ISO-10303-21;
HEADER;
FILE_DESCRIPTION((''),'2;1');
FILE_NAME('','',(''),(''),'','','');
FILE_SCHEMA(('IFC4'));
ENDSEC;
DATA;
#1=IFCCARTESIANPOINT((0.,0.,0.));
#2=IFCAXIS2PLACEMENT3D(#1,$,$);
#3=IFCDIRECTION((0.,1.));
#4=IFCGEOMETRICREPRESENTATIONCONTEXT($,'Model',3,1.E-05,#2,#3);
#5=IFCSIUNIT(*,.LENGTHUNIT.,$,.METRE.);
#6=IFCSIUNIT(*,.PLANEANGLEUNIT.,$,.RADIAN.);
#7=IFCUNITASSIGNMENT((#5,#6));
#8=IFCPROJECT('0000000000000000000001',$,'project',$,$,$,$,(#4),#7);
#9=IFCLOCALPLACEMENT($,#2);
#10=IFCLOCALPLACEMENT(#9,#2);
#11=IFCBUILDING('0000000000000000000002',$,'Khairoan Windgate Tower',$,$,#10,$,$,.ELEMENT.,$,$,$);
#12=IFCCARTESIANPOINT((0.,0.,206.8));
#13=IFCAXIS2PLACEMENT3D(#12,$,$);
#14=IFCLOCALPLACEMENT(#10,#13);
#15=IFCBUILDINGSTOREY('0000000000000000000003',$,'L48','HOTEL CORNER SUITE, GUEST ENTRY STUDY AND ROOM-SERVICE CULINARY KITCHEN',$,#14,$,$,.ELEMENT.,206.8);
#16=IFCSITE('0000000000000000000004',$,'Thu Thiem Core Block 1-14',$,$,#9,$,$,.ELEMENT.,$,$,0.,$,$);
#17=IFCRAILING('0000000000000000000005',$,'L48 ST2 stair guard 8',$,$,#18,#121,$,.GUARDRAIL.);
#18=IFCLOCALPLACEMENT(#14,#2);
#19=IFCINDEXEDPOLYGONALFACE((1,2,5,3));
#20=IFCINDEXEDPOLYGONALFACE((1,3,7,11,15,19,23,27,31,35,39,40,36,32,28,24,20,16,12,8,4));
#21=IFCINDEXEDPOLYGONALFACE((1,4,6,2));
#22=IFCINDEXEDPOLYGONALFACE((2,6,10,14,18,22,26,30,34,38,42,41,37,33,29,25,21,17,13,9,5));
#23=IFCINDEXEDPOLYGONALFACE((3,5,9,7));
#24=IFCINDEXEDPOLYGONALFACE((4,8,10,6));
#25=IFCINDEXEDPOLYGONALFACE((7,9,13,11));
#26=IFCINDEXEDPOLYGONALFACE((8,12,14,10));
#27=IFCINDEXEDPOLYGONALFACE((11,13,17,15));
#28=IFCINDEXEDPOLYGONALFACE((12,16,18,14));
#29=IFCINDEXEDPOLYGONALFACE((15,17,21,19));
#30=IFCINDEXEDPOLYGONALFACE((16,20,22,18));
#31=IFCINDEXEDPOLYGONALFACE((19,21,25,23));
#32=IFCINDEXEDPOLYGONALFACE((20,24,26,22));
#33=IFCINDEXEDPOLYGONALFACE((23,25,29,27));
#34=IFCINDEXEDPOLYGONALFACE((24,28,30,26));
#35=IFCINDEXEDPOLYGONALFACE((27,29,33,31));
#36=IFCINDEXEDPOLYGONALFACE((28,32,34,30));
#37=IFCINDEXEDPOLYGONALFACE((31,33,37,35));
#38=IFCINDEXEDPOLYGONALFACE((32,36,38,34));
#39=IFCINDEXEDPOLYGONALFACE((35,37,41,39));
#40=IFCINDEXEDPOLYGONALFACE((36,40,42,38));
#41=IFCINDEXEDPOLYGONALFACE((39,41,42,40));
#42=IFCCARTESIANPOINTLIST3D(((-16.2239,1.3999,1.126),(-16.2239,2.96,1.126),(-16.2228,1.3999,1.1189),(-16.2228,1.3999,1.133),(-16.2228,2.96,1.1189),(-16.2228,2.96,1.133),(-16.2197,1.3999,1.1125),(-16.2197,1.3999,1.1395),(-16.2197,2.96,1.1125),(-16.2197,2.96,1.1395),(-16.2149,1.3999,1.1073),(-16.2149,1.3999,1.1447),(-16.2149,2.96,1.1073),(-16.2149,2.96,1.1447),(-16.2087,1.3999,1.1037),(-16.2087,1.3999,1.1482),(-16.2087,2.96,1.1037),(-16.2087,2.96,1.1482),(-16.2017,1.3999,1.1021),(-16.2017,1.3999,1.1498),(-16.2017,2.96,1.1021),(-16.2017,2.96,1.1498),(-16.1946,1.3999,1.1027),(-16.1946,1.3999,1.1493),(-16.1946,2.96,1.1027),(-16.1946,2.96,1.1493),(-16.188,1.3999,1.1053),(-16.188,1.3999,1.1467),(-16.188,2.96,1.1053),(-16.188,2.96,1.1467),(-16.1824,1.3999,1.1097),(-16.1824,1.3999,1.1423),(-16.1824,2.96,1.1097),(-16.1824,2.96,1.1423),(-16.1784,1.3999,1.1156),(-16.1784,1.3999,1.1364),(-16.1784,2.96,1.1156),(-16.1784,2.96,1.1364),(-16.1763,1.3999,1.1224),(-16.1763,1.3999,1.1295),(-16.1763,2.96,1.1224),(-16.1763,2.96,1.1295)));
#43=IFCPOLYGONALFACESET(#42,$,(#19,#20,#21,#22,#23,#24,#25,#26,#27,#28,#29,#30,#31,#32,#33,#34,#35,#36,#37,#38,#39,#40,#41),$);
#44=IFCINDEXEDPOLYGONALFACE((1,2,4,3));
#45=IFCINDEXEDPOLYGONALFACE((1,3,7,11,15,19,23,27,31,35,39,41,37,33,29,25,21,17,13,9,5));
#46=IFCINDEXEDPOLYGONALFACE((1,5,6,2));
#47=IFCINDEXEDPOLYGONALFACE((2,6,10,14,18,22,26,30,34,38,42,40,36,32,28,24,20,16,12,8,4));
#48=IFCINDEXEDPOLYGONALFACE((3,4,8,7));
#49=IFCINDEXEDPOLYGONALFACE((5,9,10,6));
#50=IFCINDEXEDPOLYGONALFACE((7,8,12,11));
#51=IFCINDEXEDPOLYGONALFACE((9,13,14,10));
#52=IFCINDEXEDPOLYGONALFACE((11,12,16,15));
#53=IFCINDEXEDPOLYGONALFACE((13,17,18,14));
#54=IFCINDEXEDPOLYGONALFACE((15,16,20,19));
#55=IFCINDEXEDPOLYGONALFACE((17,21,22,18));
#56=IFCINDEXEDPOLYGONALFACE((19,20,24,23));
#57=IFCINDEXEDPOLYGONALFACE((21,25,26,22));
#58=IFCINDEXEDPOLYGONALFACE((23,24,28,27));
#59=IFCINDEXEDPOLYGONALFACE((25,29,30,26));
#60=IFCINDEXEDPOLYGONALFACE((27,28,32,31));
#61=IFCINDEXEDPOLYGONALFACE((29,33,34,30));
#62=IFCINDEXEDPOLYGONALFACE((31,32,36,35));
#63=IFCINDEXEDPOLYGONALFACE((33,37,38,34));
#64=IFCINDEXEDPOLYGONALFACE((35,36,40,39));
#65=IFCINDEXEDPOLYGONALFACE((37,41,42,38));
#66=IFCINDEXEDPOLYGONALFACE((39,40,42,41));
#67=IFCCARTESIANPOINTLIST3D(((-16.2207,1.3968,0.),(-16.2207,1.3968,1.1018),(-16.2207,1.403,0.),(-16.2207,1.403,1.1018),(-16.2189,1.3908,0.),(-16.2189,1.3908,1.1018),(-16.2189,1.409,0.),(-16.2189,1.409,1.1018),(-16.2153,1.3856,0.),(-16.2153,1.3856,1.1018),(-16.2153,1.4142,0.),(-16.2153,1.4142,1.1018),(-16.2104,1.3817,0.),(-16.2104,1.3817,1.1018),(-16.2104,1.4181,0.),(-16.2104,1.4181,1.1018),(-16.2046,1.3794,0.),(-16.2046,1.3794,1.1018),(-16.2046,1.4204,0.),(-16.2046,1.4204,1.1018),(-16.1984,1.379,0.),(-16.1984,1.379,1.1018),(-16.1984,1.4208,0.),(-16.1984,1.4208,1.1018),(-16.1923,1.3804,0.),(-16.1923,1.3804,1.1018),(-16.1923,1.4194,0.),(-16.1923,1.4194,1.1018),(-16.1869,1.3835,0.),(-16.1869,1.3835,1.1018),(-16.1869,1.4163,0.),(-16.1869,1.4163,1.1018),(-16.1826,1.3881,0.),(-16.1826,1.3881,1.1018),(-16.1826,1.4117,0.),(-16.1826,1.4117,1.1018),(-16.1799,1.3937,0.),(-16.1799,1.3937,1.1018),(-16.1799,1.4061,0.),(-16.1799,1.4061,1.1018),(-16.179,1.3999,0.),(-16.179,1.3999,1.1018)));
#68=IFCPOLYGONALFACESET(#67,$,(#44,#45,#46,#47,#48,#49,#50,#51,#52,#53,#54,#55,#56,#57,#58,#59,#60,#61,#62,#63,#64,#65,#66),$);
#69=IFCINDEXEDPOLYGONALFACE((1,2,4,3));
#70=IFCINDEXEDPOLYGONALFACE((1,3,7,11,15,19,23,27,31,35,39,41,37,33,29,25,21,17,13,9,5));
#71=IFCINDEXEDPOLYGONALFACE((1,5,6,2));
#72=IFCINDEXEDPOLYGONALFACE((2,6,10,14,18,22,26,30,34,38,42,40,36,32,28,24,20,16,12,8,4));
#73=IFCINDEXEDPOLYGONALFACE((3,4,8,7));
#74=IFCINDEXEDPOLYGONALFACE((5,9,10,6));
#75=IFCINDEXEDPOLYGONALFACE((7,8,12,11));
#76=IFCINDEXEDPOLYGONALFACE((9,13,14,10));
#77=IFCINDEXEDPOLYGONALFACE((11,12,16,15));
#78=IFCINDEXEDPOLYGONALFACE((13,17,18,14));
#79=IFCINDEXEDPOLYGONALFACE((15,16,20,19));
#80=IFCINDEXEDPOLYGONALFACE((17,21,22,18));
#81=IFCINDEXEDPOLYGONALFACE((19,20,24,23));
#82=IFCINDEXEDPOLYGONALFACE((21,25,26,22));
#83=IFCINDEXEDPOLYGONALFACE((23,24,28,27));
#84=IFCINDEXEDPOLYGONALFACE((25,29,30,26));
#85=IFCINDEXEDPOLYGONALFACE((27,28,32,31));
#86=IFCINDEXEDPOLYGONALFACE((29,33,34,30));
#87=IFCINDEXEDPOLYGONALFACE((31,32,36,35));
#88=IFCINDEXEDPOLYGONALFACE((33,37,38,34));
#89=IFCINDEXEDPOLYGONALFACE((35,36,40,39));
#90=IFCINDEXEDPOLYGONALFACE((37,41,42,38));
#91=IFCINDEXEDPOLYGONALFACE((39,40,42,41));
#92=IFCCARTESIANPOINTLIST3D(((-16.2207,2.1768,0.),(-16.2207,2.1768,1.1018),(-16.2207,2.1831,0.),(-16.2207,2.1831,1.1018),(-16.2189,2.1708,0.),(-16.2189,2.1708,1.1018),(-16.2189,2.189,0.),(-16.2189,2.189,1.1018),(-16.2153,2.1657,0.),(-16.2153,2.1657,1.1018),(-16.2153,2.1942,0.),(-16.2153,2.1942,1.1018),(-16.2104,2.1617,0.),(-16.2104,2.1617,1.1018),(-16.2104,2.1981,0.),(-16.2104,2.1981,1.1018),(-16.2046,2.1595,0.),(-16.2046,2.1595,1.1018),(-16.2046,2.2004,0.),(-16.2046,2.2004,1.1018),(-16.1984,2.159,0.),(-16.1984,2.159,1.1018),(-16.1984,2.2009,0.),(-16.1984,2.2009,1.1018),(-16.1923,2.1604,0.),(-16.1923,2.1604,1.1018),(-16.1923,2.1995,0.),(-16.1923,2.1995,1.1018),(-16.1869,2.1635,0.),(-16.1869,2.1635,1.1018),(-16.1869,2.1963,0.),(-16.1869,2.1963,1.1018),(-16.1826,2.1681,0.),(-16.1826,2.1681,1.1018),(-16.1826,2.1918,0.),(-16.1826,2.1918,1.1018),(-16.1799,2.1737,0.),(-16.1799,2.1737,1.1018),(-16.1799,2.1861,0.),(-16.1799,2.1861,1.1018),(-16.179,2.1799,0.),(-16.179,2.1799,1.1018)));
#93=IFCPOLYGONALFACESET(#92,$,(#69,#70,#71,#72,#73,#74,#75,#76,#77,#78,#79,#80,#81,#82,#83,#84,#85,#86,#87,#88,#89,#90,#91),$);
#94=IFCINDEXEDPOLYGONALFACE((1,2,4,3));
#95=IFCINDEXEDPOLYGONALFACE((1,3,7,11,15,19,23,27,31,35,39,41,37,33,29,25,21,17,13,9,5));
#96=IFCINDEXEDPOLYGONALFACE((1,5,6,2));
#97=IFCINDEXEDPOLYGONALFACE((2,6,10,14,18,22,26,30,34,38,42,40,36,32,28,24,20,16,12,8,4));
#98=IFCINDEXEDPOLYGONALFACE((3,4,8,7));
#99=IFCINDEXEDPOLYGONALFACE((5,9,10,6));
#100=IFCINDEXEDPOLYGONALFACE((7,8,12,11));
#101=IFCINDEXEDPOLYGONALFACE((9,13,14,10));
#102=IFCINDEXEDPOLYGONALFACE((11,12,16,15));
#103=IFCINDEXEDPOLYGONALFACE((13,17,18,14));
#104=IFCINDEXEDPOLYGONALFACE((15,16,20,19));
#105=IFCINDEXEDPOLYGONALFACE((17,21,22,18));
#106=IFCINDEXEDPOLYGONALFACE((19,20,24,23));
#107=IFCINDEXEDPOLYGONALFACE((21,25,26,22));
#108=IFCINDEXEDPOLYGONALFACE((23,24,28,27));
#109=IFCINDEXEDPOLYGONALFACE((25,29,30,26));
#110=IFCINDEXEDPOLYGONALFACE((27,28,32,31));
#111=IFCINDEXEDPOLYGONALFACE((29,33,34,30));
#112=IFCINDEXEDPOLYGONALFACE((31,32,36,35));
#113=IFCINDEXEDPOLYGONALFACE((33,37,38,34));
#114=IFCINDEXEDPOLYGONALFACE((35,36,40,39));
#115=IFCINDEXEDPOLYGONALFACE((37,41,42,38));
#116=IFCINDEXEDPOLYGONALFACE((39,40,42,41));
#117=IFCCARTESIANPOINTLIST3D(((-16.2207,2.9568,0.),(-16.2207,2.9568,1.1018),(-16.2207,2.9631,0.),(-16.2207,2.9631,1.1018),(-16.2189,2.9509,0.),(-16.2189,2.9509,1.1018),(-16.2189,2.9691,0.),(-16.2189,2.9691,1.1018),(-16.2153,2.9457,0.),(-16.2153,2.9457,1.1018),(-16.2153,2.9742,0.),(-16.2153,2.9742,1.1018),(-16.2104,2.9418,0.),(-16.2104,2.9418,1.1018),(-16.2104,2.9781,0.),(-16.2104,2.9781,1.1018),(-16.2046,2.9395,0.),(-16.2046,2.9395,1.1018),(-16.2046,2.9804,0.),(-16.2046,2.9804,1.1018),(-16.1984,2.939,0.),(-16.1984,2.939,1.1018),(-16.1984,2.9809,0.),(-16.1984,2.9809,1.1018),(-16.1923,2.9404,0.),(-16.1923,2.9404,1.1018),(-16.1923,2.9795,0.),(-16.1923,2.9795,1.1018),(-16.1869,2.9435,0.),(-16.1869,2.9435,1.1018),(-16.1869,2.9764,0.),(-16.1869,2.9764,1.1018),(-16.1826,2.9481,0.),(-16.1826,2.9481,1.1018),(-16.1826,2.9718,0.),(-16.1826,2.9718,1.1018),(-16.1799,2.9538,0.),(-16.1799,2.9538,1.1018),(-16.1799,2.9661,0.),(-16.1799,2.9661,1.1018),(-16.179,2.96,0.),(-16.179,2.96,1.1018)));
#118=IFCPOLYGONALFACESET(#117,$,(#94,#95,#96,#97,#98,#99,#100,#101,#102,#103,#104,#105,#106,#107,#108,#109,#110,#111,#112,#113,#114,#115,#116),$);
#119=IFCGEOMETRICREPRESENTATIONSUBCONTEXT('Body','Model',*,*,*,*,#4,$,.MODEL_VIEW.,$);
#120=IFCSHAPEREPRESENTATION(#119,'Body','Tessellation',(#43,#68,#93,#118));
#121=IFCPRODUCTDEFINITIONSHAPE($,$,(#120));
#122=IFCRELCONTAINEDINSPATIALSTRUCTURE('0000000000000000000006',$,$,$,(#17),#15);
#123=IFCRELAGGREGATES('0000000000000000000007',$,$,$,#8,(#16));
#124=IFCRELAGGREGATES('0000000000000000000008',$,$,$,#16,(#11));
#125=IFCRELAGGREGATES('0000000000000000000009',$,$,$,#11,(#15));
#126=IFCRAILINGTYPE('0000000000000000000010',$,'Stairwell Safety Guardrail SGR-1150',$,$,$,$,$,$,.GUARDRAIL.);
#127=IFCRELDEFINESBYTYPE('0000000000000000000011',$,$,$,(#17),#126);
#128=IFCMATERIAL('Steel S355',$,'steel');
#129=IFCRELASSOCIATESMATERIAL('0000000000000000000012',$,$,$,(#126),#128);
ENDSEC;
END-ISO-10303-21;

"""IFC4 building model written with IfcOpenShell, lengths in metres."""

from ifc_helpers import new_model, si_unit, direction, frame, origin, origin_2d, place, context, subcontext, project, spatial, circle, extrude, material, type_object, element, save


model = new_model("IFC4")

# Units and contexts
model_context = context("Model", 3, precision=1e-05, world=origin(), true_north=direction((0.0, 1.0)))
body_context = subcontext(model_context, "Body", "Model", "MODEL_VIEW")
ifc_project = project(units=[si_unit("LENGTHUNIT", "METRE"), si_unit("PLANEANGLEUNIT", "RADIAN")], contexts=[model_context])

# Site, building, storey
site_placement = place(None, origin())
site = spatial("IfcSite", under=ifc_project, at=site_placement, Name="Thu Thiem Core Block 1-14", CompositionType="ELEMENT", RefElevation=0.0)
building_placement = place(site_placement, origin())
building = spatial("IfcBuilding", under=site, at=building_placement, Name="Khairoan Windgate Tower", CompositionType="ELEMENT")
storey_placement = place(building_placement, frame((0.0, 0.0, 206.8)))
storey = spatial("IfcBuildingStorey", under=building, at=storey_placement, Name="L48", Description="HOTEL CORNER SUITE, GUEST ENTRY STUDY AND ROOM-SERVICE CULINARY KITCHEN", CompositionType="ELEMENT", Elevation=206.8)

# Railing
ifc_material_1 = material(Name="Steel S355", Category="steel")
railing_type_1 = type_object("IfcRailingType", Name="Stairwell Safety Guardrail SGR-1150", PredefinedType="GUARDRAIL", material=ifc_material_1)
railing_1_placement = place(storey_placement, frame((-16.2, 1.3999, 0.0)))
element("IfcRailing", 1, at=railing_1_placement, inside=storey, type_object=railing_type_1, Name="L48 ST2 stair guard 8", PredefinedType="GUARDRAIL", context=body_context, shape_type="SweptSolid", body=[
    extrude(circle(Radius=0.0239, at=origin_2d()), frame((0.0, 0.0, 1.126), z_axis=(0.0, 1.0, 0.0), x_axis=(-1.0, 0.0, 0.0)), (0.0, 0.0, 1.0), 1.5601),
    extrude(circle(Radius=0.021, at=origin_2d()), origin(), (0.0, 0.0, 1.0), 1.1018),
    extrude(circle(Radius=0.021, at=origin_2d()), frame((0.0, 0.78, 0.0)), (0.0, 0.0, 1.0), 1.1018),
    extrude(circle(Radius=0.021, at=origin_2d()), frame((0.0, 1.5601, 0.0)), (0.0, 0.0, 1.0), 1.1018),
])

save(model, "model.ifc")
